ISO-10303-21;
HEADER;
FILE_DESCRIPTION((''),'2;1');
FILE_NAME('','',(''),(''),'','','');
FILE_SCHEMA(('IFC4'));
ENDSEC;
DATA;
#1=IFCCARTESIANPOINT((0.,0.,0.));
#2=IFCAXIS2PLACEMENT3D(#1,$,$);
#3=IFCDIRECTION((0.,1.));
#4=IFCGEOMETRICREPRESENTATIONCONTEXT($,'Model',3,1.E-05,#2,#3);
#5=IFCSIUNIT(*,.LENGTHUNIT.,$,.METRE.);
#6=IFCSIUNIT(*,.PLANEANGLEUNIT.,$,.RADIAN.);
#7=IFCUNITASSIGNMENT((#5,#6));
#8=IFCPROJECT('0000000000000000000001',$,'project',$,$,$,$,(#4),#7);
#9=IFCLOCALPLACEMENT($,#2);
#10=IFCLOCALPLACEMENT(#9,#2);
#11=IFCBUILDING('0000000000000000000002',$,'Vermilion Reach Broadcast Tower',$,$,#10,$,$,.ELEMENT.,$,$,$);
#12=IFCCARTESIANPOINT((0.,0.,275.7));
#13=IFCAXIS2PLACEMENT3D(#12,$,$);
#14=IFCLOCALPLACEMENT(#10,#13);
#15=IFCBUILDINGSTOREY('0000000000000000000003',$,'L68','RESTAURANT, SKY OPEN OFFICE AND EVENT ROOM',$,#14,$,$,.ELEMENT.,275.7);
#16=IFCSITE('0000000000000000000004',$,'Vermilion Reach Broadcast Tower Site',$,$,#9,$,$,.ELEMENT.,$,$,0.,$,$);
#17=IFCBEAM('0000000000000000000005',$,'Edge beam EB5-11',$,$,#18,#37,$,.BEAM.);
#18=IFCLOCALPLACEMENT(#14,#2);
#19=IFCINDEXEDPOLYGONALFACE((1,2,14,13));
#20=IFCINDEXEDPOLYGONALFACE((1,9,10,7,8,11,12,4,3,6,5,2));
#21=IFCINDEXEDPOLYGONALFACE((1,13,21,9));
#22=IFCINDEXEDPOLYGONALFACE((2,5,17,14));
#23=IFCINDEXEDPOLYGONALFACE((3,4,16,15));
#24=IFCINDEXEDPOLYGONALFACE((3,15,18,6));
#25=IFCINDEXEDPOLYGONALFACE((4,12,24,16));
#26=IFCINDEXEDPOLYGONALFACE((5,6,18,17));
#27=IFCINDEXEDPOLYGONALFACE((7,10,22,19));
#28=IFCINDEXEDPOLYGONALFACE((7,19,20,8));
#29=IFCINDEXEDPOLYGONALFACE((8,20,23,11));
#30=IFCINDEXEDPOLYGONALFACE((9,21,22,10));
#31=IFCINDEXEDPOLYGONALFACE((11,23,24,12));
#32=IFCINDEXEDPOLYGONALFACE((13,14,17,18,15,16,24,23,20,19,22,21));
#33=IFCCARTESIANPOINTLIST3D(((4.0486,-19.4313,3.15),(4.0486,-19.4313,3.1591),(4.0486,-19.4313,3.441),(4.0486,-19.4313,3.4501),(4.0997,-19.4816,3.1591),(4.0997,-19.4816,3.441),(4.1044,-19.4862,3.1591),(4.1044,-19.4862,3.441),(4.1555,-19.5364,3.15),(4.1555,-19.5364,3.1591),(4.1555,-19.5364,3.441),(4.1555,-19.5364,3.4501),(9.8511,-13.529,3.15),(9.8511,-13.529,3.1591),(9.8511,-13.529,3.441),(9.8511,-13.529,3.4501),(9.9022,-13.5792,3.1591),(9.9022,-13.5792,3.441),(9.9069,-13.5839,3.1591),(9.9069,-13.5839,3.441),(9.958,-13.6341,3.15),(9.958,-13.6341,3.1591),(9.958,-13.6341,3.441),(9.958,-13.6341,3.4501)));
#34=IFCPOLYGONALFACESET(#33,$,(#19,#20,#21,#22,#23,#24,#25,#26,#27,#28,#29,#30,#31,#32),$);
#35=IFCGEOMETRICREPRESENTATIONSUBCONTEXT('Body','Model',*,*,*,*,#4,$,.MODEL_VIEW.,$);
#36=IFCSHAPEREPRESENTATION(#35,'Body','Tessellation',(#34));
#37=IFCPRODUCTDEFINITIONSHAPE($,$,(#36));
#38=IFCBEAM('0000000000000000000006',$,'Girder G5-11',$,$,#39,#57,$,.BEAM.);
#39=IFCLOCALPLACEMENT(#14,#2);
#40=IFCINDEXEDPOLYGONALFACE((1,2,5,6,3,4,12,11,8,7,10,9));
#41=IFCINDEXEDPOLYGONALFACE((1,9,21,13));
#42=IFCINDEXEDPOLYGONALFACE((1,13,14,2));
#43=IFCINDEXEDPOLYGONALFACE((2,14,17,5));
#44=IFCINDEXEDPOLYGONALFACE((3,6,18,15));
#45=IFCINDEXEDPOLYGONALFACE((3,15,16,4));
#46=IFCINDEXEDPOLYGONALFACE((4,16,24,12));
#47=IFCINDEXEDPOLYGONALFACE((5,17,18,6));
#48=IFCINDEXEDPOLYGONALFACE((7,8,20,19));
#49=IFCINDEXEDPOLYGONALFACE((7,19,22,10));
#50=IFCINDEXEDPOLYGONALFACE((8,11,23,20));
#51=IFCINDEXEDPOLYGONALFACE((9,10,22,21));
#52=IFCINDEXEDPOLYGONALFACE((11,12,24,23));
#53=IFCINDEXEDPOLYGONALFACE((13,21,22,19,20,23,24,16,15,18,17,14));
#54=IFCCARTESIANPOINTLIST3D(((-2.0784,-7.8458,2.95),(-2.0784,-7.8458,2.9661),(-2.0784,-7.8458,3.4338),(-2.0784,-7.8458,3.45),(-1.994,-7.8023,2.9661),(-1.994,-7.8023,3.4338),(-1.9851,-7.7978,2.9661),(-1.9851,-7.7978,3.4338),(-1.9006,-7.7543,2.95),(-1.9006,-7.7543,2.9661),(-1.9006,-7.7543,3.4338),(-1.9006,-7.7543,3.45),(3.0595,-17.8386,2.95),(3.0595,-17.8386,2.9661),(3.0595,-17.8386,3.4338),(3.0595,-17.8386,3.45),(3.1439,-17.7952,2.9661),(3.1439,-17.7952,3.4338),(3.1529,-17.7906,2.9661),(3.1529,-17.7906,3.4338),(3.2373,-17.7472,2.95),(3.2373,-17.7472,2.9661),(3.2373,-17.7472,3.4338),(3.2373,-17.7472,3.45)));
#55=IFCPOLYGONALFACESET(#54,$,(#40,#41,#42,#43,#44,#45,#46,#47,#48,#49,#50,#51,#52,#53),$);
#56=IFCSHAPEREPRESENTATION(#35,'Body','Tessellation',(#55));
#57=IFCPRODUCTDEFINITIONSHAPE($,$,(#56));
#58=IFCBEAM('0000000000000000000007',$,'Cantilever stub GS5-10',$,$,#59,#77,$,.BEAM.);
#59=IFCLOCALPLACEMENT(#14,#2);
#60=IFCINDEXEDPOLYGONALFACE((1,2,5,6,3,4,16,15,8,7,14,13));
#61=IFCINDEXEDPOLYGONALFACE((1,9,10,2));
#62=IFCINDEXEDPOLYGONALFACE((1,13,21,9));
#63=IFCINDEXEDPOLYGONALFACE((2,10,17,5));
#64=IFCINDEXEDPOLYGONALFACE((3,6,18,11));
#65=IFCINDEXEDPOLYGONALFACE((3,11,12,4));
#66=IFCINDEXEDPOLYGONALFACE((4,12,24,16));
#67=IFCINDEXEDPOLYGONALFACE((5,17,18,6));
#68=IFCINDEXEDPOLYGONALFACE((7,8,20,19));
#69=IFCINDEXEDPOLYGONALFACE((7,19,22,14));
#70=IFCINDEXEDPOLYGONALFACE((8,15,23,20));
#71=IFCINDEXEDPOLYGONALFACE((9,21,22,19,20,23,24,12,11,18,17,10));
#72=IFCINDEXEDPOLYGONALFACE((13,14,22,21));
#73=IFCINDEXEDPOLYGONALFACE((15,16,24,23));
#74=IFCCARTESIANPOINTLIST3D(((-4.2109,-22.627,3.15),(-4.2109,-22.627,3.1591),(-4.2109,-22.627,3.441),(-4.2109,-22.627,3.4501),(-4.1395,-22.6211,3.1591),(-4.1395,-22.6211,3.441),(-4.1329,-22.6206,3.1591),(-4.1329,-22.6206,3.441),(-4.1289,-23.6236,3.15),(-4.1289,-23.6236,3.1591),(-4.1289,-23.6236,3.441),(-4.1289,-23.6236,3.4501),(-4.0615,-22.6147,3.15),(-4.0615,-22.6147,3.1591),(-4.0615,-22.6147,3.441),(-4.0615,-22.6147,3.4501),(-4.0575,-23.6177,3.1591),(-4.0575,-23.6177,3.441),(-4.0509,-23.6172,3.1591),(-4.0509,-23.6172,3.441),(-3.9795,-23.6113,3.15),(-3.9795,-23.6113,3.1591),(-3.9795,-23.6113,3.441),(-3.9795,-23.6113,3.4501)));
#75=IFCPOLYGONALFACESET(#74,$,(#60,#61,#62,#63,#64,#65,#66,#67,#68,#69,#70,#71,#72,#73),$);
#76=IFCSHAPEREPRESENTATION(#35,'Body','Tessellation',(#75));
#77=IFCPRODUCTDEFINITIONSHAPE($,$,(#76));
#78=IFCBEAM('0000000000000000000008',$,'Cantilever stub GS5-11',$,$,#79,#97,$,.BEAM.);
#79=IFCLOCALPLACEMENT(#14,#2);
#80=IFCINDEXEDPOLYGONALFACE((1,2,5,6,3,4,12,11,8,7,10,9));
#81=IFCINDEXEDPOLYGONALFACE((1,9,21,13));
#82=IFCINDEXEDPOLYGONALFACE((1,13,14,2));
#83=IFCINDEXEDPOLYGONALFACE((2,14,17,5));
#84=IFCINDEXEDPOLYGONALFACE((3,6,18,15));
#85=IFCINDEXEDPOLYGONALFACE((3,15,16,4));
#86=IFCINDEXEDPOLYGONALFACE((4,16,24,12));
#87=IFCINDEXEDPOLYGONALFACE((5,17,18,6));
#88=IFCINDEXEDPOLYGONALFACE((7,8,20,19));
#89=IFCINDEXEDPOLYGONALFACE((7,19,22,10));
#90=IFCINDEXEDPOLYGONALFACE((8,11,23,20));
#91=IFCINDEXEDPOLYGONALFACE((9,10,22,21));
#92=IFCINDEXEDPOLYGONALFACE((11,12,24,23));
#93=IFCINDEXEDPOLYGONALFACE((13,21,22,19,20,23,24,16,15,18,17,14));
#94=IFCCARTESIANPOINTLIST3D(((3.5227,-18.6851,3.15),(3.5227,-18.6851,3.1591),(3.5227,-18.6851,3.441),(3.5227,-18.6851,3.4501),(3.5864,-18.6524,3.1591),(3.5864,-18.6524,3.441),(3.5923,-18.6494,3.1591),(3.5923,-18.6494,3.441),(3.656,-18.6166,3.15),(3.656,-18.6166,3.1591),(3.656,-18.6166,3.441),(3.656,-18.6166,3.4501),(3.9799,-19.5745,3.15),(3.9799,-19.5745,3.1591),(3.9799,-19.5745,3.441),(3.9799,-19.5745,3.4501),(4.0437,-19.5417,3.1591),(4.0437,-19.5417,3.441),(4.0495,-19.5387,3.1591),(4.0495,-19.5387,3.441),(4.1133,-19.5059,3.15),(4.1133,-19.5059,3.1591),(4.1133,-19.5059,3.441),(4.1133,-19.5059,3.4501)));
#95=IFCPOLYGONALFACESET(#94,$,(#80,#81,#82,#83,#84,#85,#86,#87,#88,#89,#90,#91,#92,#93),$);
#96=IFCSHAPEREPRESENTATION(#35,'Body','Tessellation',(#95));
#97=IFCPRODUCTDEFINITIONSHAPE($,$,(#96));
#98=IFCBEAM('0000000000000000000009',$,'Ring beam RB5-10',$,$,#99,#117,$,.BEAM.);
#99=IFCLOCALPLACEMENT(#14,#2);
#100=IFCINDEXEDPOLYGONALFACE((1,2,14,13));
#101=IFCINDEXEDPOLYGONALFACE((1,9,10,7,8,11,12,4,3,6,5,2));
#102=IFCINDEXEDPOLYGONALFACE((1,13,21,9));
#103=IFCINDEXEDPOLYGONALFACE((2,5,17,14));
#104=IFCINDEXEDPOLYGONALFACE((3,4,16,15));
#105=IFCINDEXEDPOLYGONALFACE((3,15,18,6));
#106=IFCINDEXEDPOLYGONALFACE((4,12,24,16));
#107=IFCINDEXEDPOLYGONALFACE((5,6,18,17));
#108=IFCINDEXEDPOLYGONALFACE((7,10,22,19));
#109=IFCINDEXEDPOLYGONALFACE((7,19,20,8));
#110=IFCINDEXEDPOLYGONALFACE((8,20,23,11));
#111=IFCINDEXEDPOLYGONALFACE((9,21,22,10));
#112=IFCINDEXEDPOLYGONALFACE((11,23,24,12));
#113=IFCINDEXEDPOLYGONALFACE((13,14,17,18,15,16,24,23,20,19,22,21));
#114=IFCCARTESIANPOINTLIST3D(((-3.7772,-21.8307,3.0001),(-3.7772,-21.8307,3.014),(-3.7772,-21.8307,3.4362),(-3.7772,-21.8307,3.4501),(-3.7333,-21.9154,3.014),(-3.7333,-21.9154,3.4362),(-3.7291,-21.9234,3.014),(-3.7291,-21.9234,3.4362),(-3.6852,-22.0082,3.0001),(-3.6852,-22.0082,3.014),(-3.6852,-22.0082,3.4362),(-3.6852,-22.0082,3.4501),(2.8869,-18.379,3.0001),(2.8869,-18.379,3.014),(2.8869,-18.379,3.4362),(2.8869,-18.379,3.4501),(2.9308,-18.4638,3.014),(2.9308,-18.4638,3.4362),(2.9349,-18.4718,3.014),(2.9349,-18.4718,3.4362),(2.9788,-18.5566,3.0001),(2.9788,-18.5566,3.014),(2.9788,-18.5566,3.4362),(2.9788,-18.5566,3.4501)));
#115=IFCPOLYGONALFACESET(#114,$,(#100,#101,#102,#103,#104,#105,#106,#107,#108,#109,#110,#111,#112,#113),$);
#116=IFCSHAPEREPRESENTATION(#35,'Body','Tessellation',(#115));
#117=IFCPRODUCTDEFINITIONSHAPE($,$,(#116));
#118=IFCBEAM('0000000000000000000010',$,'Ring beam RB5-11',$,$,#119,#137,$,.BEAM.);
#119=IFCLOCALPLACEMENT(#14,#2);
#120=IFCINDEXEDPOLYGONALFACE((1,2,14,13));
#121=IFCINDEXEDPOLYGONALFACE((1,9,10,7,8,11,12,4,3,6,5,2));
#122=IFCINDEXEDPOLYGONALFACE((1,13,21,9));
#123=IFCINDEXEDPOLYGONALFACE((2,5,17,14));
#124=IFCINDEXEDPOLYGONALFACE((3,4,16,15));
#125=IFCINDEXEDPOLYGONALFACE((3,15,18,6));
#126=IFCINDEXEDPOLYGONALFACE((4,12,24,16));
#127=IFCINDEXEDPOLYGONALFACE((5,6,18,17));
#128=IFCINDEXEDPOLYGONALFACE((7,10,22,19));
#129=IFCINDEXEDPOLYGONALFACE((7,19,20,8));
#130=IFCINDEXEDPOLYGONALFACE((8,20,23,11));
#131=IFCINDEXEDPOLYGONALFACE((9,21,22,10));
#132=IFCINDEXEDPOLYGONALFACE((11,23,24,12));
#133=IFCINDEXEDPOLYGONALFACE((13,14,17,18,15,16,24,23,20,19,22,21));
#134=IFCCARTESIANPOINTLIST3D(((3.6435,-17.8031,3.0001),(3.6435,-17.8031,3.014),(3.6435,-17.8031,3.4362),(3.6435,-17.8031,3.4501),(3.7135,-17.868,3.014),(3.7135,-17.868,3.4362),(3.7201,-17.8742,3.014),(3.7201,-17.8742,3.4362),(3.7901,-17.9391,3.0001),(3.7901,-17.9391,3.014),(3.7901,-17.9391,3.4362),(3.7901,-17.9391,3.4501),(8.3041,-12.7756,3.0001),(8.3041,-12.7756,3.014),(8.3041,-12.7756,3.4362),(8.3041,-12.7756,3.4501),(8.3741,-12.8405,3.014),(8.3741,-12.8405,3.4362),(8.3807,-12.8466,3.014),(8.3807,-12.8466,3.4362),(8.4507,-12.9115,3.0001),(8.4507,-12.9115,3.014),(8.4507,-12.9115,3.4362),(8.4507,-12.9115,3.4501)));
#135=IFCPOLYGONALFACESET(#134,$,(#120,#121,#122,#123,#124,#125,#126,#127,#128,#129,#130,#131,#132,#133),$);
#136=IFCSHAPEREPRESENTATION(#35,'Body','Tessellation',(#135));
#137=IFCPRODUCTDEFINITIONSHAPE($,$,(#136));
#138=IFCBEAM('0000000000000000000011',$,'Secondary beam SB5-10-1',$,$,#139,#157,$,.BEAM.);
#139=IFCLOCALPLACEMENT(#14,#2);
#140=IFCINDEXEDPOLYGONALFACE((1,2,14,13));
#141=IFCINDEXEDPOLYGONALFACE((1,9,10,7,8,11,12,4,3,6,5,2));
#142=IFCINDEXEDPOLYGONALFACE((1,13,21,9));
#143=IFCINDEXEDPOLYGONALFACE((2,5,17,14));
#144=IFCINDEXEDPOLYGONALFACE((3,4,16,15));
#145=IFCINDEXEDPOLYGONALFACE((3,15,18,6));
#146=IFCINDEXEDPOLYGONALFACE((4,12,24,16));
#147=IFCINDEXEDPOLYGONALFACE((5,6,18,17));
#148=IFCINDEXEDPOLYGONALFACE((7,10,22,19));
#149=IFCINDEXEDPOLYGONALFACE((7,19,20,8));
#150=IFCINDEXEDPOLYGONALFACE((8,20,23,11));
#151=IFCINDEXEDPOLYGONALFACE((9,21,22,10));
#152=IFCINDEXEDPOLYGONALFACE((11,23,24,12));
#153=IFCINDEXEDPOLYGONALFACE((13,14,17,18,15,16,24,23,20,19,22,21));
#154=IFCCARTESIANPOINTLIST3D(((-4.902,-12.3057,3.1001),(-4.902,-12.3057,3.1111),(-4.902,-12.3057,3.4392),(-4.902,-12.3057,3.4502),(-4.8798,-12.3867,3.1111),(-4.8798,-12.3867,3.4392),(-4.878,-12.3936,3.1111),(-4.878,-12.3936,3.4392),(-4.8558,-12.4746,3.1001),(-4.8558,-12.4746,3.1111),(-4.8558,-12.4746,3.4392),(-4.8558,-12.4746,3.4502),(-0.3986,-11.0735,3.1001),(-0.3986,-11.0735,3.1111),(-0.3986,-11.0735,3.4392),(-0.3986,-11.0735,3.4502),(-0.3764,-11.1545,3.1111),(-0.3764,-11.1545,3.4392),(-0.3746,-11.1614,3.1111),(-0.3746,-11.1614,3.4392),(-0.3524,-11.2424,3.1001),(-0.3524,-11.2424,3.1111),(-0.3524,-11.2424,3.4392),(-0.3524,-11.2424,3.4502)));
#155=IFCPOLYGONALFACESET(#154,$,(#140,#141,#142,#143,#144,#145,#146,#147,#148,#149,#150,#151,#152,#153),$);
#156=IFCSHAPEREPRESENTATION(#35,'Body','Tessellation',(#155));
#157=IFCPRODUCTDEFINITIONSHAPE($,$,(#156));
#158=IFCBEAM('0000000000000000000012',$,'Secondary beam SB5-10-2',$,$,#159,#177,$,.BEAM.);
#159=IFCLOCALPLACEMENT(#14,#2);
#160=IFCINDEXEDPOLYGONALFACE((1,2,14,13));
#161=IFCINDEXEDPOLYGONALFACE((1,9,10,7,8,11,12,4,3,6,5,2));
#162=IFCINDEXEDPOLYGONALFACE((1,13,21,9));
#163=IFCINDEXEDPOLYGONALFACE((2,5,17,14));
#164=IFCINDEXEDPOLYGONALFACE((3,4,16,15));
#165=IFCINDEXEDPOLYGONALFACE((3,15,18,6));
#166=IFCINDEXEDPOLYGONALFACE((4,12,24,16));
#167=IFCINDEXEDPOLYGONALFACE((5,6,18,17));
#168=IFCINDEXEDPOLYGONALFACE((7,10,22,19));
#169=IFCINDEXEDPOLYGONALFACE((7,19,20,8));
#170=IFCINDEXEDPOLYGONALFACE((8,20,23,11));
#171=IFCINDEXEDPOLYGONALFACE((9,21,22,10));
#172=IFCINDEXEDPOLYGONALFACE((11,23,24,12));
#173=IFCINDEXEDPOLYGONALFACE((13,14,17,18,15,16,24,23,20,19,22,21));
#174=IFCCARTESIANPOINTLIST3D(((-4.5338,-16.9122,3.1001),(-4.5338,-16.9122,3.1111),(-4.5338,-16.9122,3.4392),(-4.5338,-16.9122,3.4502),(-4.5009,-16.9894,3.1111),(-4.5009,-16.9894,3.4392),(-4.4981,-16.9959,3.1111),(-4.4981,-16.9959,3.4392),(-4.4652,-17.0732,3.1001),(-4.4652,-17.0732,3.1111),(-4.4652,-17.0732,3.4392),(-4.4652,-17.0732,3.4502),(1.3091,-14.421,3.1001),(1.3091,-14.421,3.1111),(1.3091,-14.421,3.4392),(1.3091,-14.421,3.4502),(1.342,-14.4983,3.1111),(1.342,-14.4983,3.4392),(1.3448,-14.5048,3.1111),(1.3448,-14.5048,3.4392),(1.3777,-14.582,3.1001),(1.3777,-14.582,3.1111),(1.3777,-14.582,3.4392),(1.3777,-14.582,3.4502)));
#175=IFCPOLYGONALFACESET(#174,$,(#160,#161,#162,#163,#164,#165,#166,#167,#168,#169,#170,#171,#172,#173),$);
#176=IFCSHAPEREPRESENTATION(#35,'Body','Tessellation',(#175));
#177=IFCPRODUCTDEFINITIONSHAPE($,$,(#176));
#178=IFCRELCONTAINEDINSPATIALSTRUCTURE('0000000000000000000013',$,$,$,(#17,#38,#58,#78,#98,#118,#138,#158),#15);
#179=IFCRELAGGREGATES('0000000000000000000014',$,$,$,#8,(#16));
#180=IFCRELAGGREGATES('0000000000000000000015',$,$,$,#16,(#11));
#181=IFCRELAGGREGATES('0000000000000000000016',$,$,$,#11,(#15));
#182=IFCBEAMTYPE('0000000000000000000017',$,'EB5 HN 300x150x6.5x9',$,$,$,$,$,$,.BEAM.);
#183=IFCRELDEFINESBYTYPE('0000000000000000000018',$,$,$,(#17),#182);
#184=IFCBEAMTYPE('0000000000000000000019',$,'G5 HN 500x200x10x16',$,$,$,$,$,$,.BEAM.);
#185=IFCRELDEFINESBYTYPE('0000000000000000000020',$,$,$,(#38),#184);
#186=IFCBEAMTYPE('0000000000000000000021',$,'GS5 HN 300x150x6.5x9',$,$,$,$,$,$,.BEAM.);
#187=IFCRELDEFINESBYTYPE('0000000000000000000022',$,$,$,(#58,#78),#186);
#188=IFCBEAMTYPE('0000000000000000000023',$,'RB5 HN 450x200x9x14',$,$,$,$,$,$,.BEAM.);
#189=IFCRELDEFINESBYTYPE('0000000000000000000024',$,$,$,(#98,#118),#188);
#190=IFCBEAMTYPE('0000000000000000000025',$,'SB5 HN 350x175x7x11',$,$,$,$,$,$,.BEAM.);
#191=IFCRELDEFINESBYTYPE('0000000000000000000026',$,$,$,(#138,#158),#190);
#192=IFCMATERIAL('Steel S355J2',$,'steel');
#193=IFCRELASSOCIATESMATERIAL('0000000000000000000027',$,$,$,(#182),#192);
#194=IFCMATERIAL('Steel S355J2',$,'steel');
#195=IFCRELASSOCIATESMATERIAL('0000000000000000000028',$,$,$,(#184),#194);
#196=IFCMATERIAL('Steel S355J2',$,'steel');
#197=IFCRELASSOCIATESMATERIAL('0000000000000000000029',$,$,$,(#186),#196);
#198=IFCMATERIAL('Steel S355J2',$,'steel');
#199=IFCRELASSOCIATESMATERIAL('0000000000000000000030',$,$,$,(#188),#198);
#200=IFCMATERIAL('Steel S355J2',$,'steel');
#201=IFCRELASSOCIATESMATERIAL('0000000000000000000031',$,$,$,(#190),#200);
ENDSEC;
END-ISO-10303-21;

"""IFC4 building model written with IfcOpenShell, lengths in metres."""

from ifc_helpers import new_model, si_unit, direction, frame, origin, origin_2d, place, context, subcontext, project, spatial, i_section, extrude, material, material_profile, profile_set, type_object, element, save


model = new_model("IFC4")

# Units and contexts
model_context = context("Model", 3, precision=1e-05, world=origin(), true_north=direction((0.0, 1.0)))
body_context = subcontext(model_context, "Body", "Model", "MODEL_VIEW")
ifc_project = project(units=[si_unit("LENGTHUNIT", "METRE"), si_unit("PLANEANGLEUNIT", "RADIAN")], contexts=[model_context])

# Site, building, storey
site_placement = place(None, origin())
site = spatial("IfcSite", under=ifc_project, at=site_placement, Name="Vermilion Reach Broadcast Tower Site", CompositionType="ELEMENT", RefElevation=0.0)
building_placement = place(site_placement, origin())
building = spatial("IfcBuilding", under=site, at=building_placement, Name="Vermilion Reach Broadcast Tower", CompositionType="ELEMENT")
storey_placement = place(building_placement, frame((0.0, 0.0, 275.7)))
storey = spatial("IfcBuildingStorey", under=building, at=storey_placement, Name="L68", Description="RESTAURANT, SKY OPEN OFFICE AND EVENT ROOM", CompositionType="ELEMENT", Elevation=275.7)

# Beams
ifc_material_1 = material(Name="Steel S355J2", Category="steel")
ifc_material_profile_1 = material_profile(ifc_material_1, i_section(OverallWidth=0.1499, OverallDepth=0.3, WebThickness=0.0066, FlangeThickness=0.009, at=origin_2d()), Name="S355J2 HN 300x150x6.5x9")
ifc_profile_set_1 = profile_set([ifc_material_profile_1], Name="Steel S355J2")
beam_type_1 = type_object("IfcBeamType", Name="EB5 HN 300x150x6.5x9", PredefinedType="BEAM", material=ifc_profile_set_1)
beam_1_placement = place(storey_placement, frame((4.1021, -19.4839, 3.3), z_axis=(0.701049, 0.713113, 0.0), x_axis=(-0.713113, 0.701049, 0.0)))
element("IfcBeam", 1, at=beam_1_placement, inside=storey, type_object=beam_type_1, Name="Edge beam EB5-11", PredefinedType="BEAM", context=body_context, shape_type="SweptSolid", body=[
    extrude(i_section(OverallWidth=0.1499, OverallDepth=0.3, WebThickness=0.0066, FlangeThickness=0.009, at=origin_2d()), origin(), (0.0, 0.0, 1.0), 8.2769),
])
ifc_material_2 = material(Name="Steel S355J2", Category="steel")
ifc_material_profile_2 = material_profile(ifc_material_2, i_section(OverallWidth=0.2, OverallDepth=0.5, WebThickness=0.01, FlangeThickness=0.0161, at=origin_2d()), Name="S355J2 HN 500x200x10x16")
ifc_profile_set_2 = profile_set([ifc_material_profile_2], Name="Steel S355J2")
beam_type_2 = type_object("IfcBeamType", Name="G5 HN 500x200x10x16", PredefinedType="BEAM", material=ifc_profile_set_2)
beam_2_placement = place(storey_placement, frame((-1.9895, -7.8, 3.2), z_axis=(0.457258, -0.889334, 0.0), x_axis=(0.889334, 0.457258, 0.0)))
element("IfcBeam", 2, at=beam_2_placement, inside=storey, type_object=beam_type_2, Name="Girder G5-11", PredefinedType="BEAM", context=body_context, shape_type="SweptSolid", body=[
    extrude(i_section(OverallWidth=0.2, OverallDepth=0.5, WebThickness=0.01, FlangeThickness=0.0161, at=origin_2d()), origin(), (0.0, 0.0, 1.0), 11.2363),
])
ifc_material_3 = material(Name="Steel S355J2", Category="steel")
ifc_material_profile_3 = material_profile(ifc_material_3, i_section(OverallWidth=0.1499, OverallDepth=0.3, WebThickness=0.0066, FlangeThickness=0.009, at=origin_2d()), Name="S355J2 HN 300x150x6.5x9")
ifc_profile_set_3 = profile_set([ifc_material_profile_3], Name="Steel S355J2")
beam_type_3 = type_object("IfcBeamType", Name="GS5 HN 300x150x6.5x9", PredefinedType="BEAM", material=ifc_profile_set_3)
for number, where, z_axis, x_axis, name in (
    (3, (-4.1362, -22.6208, 3.3), (0.082035, -0.996629, 0.0), (0.996629, 0.082035, 0.0), "Cantilever stub GS5-10"),
    (4, (3.5894, -18.6509, 3.3), (0.457243, -0.889342, 0.0), (0.889342, 0.457243, 0.0), "Cantilever stub GS5-11"),
):
    element("IfcBeam", number, at=place(storey_placement, frame(where, z_axis=z_axis, x_axis=x_axis)), inside=storey, type_object=beam_type_3, Name=name, PredefinedType="BEAM", context=body_context, shape_type="SweptSolid", body=[
        extrude(i_section(OverallWidth=0.1499, OverallDepth=0.3, WebThickness=0.0066, FlangeThickness=0.009, at=origin_2d()), origin(), (0.0, 0.0, 1.0), 1.0),
    ])
ifc_material_4 = material(Name="Steel S355J2", Category="steel")
ifc_material_profile_4 = material_profile(ifc_material_4, i_section(OverallWidth=0.2, OverallDepth=0.45, WebThickness=0.009, FlangeThickness=0.0139, at=origin_2d()), Name="S355J2 HN 450x200x9x14")
ifc_profile_set_4 = profile_set([ifc_material_profile_4], Name="Steel S355J2")
beam_type_4 = type_object("IfcBeamType", Name="RB5 HN 450x200x9x14", PredefinedType="BEAM", material=ifc_profile_set_4)
beam_3_placement = place(storey_placement, frame((-3.7312, -21.9194, 3.2251), z_axis=(0.88796, 0.45992, 0.0), x_axis=(-0.45992, 0.88796, 0.0)))
element("IfcBeam", 5, at=beam_3_placement, inside=storey, type_object=beam_type_4, Name="Ring beam RB5-10", PredefinedType="BEAM", context=body_context, shape_type="SweptSolid", body=[
    extrude(i_section(OverallWidth=0.2, OverallDepth=0.45, WebThickness=0.009, FlangeThickness=0.0139, at=origin_2d()), origin(), (0.0, 0.0, 1.0), 7.5049),
])
beam_4_placement = place(storey_placement, frame((3.7168, -17.8711, 3.2251), z_axis=(0.679838, 0.733363, 0.0), x_axis=(-0.733363, 0.679838, 0.0)))
element("IfcBeam", 6, at=beam_4_placement, inside=storey, type_object=beam_type_4, Name="Ring beam RB5-11", PredefinedType="BEAM", context=body_context, shape_type="SweptSolid", body=[
    extrude(i_section(OverallWidth=0.2, OverallDepth=0.45, WebThickness=0.009, FlangeThickness=0.0139, at=origin_2d()), origin(), (0.0, 0.0, 1.0), 6.8555),
])
ifc_material_5 = material(Name="Steel S355J2", Category="steel")
ifc_material_profile_5 = material_profile(ifc_material_5, i_section(OverallWidth=0.175, OverallDepth=0.3501, WebThickness=0.0071, FlangeThickness=0.011, at=origin_2d()), Name="S355J2 HN 350x175x7x11")
ifc_profile_set_5 = profile_set([ifc_material_profile_5], Name="Steel S355J2")
beam_type_5 = type_object("IfcBeamType", Name="SB5 HN 350x175x7x11", PredefinedType="BEAM", material=ifc_profile_set_5)
beam_5_placement = place(storey_placement, frame((-4.8789, -12.3901, 3.2751), z_axis=(0.964547, 0.263909, 0.0), x_axis=(-0.263909, 0.964547, 0.0)))
element("IfcBeam", 7, at=beam_5_placement, inside=storey, type_object=beam_type_5, Name="Secondary beam SB5-10-1", PredefinedType="BEAM", context=body_context, shape_type="SweptSolid", body=[
    extrude(i_section(OverallWidth=0.175, OverallDepth=0.3501, WebThickness=0.0071, FlangeThickness=0.011, at=origin_2d()), origin(), (0.0, 0.0, 1.0), 4.6689),
])
beam_6_placement = place(storey_placement, frame((-4.4995, -16.9927, 3.2751), z_axis=(0.919881, 0.392198, 0.0), x_axis=(-0.392198, 0.919881, 0.0)))
element("IfcBeam", 8, at=beam_6_placement, inside=storey, type_object=beam_type_5, Name="Secondary beam SB5-10-2", PredefinedType="BEAM", context=body_context, shape_type="SweptSolid", body=[
    extrude(i_section(OverallWidth=0.175, OverallDepth=0.3501, WebThickness=0.0071, FlangeThickness=0.011, at=origin_2d()), origin(), (0.0, 0.0, 1.0), 6.3518),
])

save(model, "model.ifc")
